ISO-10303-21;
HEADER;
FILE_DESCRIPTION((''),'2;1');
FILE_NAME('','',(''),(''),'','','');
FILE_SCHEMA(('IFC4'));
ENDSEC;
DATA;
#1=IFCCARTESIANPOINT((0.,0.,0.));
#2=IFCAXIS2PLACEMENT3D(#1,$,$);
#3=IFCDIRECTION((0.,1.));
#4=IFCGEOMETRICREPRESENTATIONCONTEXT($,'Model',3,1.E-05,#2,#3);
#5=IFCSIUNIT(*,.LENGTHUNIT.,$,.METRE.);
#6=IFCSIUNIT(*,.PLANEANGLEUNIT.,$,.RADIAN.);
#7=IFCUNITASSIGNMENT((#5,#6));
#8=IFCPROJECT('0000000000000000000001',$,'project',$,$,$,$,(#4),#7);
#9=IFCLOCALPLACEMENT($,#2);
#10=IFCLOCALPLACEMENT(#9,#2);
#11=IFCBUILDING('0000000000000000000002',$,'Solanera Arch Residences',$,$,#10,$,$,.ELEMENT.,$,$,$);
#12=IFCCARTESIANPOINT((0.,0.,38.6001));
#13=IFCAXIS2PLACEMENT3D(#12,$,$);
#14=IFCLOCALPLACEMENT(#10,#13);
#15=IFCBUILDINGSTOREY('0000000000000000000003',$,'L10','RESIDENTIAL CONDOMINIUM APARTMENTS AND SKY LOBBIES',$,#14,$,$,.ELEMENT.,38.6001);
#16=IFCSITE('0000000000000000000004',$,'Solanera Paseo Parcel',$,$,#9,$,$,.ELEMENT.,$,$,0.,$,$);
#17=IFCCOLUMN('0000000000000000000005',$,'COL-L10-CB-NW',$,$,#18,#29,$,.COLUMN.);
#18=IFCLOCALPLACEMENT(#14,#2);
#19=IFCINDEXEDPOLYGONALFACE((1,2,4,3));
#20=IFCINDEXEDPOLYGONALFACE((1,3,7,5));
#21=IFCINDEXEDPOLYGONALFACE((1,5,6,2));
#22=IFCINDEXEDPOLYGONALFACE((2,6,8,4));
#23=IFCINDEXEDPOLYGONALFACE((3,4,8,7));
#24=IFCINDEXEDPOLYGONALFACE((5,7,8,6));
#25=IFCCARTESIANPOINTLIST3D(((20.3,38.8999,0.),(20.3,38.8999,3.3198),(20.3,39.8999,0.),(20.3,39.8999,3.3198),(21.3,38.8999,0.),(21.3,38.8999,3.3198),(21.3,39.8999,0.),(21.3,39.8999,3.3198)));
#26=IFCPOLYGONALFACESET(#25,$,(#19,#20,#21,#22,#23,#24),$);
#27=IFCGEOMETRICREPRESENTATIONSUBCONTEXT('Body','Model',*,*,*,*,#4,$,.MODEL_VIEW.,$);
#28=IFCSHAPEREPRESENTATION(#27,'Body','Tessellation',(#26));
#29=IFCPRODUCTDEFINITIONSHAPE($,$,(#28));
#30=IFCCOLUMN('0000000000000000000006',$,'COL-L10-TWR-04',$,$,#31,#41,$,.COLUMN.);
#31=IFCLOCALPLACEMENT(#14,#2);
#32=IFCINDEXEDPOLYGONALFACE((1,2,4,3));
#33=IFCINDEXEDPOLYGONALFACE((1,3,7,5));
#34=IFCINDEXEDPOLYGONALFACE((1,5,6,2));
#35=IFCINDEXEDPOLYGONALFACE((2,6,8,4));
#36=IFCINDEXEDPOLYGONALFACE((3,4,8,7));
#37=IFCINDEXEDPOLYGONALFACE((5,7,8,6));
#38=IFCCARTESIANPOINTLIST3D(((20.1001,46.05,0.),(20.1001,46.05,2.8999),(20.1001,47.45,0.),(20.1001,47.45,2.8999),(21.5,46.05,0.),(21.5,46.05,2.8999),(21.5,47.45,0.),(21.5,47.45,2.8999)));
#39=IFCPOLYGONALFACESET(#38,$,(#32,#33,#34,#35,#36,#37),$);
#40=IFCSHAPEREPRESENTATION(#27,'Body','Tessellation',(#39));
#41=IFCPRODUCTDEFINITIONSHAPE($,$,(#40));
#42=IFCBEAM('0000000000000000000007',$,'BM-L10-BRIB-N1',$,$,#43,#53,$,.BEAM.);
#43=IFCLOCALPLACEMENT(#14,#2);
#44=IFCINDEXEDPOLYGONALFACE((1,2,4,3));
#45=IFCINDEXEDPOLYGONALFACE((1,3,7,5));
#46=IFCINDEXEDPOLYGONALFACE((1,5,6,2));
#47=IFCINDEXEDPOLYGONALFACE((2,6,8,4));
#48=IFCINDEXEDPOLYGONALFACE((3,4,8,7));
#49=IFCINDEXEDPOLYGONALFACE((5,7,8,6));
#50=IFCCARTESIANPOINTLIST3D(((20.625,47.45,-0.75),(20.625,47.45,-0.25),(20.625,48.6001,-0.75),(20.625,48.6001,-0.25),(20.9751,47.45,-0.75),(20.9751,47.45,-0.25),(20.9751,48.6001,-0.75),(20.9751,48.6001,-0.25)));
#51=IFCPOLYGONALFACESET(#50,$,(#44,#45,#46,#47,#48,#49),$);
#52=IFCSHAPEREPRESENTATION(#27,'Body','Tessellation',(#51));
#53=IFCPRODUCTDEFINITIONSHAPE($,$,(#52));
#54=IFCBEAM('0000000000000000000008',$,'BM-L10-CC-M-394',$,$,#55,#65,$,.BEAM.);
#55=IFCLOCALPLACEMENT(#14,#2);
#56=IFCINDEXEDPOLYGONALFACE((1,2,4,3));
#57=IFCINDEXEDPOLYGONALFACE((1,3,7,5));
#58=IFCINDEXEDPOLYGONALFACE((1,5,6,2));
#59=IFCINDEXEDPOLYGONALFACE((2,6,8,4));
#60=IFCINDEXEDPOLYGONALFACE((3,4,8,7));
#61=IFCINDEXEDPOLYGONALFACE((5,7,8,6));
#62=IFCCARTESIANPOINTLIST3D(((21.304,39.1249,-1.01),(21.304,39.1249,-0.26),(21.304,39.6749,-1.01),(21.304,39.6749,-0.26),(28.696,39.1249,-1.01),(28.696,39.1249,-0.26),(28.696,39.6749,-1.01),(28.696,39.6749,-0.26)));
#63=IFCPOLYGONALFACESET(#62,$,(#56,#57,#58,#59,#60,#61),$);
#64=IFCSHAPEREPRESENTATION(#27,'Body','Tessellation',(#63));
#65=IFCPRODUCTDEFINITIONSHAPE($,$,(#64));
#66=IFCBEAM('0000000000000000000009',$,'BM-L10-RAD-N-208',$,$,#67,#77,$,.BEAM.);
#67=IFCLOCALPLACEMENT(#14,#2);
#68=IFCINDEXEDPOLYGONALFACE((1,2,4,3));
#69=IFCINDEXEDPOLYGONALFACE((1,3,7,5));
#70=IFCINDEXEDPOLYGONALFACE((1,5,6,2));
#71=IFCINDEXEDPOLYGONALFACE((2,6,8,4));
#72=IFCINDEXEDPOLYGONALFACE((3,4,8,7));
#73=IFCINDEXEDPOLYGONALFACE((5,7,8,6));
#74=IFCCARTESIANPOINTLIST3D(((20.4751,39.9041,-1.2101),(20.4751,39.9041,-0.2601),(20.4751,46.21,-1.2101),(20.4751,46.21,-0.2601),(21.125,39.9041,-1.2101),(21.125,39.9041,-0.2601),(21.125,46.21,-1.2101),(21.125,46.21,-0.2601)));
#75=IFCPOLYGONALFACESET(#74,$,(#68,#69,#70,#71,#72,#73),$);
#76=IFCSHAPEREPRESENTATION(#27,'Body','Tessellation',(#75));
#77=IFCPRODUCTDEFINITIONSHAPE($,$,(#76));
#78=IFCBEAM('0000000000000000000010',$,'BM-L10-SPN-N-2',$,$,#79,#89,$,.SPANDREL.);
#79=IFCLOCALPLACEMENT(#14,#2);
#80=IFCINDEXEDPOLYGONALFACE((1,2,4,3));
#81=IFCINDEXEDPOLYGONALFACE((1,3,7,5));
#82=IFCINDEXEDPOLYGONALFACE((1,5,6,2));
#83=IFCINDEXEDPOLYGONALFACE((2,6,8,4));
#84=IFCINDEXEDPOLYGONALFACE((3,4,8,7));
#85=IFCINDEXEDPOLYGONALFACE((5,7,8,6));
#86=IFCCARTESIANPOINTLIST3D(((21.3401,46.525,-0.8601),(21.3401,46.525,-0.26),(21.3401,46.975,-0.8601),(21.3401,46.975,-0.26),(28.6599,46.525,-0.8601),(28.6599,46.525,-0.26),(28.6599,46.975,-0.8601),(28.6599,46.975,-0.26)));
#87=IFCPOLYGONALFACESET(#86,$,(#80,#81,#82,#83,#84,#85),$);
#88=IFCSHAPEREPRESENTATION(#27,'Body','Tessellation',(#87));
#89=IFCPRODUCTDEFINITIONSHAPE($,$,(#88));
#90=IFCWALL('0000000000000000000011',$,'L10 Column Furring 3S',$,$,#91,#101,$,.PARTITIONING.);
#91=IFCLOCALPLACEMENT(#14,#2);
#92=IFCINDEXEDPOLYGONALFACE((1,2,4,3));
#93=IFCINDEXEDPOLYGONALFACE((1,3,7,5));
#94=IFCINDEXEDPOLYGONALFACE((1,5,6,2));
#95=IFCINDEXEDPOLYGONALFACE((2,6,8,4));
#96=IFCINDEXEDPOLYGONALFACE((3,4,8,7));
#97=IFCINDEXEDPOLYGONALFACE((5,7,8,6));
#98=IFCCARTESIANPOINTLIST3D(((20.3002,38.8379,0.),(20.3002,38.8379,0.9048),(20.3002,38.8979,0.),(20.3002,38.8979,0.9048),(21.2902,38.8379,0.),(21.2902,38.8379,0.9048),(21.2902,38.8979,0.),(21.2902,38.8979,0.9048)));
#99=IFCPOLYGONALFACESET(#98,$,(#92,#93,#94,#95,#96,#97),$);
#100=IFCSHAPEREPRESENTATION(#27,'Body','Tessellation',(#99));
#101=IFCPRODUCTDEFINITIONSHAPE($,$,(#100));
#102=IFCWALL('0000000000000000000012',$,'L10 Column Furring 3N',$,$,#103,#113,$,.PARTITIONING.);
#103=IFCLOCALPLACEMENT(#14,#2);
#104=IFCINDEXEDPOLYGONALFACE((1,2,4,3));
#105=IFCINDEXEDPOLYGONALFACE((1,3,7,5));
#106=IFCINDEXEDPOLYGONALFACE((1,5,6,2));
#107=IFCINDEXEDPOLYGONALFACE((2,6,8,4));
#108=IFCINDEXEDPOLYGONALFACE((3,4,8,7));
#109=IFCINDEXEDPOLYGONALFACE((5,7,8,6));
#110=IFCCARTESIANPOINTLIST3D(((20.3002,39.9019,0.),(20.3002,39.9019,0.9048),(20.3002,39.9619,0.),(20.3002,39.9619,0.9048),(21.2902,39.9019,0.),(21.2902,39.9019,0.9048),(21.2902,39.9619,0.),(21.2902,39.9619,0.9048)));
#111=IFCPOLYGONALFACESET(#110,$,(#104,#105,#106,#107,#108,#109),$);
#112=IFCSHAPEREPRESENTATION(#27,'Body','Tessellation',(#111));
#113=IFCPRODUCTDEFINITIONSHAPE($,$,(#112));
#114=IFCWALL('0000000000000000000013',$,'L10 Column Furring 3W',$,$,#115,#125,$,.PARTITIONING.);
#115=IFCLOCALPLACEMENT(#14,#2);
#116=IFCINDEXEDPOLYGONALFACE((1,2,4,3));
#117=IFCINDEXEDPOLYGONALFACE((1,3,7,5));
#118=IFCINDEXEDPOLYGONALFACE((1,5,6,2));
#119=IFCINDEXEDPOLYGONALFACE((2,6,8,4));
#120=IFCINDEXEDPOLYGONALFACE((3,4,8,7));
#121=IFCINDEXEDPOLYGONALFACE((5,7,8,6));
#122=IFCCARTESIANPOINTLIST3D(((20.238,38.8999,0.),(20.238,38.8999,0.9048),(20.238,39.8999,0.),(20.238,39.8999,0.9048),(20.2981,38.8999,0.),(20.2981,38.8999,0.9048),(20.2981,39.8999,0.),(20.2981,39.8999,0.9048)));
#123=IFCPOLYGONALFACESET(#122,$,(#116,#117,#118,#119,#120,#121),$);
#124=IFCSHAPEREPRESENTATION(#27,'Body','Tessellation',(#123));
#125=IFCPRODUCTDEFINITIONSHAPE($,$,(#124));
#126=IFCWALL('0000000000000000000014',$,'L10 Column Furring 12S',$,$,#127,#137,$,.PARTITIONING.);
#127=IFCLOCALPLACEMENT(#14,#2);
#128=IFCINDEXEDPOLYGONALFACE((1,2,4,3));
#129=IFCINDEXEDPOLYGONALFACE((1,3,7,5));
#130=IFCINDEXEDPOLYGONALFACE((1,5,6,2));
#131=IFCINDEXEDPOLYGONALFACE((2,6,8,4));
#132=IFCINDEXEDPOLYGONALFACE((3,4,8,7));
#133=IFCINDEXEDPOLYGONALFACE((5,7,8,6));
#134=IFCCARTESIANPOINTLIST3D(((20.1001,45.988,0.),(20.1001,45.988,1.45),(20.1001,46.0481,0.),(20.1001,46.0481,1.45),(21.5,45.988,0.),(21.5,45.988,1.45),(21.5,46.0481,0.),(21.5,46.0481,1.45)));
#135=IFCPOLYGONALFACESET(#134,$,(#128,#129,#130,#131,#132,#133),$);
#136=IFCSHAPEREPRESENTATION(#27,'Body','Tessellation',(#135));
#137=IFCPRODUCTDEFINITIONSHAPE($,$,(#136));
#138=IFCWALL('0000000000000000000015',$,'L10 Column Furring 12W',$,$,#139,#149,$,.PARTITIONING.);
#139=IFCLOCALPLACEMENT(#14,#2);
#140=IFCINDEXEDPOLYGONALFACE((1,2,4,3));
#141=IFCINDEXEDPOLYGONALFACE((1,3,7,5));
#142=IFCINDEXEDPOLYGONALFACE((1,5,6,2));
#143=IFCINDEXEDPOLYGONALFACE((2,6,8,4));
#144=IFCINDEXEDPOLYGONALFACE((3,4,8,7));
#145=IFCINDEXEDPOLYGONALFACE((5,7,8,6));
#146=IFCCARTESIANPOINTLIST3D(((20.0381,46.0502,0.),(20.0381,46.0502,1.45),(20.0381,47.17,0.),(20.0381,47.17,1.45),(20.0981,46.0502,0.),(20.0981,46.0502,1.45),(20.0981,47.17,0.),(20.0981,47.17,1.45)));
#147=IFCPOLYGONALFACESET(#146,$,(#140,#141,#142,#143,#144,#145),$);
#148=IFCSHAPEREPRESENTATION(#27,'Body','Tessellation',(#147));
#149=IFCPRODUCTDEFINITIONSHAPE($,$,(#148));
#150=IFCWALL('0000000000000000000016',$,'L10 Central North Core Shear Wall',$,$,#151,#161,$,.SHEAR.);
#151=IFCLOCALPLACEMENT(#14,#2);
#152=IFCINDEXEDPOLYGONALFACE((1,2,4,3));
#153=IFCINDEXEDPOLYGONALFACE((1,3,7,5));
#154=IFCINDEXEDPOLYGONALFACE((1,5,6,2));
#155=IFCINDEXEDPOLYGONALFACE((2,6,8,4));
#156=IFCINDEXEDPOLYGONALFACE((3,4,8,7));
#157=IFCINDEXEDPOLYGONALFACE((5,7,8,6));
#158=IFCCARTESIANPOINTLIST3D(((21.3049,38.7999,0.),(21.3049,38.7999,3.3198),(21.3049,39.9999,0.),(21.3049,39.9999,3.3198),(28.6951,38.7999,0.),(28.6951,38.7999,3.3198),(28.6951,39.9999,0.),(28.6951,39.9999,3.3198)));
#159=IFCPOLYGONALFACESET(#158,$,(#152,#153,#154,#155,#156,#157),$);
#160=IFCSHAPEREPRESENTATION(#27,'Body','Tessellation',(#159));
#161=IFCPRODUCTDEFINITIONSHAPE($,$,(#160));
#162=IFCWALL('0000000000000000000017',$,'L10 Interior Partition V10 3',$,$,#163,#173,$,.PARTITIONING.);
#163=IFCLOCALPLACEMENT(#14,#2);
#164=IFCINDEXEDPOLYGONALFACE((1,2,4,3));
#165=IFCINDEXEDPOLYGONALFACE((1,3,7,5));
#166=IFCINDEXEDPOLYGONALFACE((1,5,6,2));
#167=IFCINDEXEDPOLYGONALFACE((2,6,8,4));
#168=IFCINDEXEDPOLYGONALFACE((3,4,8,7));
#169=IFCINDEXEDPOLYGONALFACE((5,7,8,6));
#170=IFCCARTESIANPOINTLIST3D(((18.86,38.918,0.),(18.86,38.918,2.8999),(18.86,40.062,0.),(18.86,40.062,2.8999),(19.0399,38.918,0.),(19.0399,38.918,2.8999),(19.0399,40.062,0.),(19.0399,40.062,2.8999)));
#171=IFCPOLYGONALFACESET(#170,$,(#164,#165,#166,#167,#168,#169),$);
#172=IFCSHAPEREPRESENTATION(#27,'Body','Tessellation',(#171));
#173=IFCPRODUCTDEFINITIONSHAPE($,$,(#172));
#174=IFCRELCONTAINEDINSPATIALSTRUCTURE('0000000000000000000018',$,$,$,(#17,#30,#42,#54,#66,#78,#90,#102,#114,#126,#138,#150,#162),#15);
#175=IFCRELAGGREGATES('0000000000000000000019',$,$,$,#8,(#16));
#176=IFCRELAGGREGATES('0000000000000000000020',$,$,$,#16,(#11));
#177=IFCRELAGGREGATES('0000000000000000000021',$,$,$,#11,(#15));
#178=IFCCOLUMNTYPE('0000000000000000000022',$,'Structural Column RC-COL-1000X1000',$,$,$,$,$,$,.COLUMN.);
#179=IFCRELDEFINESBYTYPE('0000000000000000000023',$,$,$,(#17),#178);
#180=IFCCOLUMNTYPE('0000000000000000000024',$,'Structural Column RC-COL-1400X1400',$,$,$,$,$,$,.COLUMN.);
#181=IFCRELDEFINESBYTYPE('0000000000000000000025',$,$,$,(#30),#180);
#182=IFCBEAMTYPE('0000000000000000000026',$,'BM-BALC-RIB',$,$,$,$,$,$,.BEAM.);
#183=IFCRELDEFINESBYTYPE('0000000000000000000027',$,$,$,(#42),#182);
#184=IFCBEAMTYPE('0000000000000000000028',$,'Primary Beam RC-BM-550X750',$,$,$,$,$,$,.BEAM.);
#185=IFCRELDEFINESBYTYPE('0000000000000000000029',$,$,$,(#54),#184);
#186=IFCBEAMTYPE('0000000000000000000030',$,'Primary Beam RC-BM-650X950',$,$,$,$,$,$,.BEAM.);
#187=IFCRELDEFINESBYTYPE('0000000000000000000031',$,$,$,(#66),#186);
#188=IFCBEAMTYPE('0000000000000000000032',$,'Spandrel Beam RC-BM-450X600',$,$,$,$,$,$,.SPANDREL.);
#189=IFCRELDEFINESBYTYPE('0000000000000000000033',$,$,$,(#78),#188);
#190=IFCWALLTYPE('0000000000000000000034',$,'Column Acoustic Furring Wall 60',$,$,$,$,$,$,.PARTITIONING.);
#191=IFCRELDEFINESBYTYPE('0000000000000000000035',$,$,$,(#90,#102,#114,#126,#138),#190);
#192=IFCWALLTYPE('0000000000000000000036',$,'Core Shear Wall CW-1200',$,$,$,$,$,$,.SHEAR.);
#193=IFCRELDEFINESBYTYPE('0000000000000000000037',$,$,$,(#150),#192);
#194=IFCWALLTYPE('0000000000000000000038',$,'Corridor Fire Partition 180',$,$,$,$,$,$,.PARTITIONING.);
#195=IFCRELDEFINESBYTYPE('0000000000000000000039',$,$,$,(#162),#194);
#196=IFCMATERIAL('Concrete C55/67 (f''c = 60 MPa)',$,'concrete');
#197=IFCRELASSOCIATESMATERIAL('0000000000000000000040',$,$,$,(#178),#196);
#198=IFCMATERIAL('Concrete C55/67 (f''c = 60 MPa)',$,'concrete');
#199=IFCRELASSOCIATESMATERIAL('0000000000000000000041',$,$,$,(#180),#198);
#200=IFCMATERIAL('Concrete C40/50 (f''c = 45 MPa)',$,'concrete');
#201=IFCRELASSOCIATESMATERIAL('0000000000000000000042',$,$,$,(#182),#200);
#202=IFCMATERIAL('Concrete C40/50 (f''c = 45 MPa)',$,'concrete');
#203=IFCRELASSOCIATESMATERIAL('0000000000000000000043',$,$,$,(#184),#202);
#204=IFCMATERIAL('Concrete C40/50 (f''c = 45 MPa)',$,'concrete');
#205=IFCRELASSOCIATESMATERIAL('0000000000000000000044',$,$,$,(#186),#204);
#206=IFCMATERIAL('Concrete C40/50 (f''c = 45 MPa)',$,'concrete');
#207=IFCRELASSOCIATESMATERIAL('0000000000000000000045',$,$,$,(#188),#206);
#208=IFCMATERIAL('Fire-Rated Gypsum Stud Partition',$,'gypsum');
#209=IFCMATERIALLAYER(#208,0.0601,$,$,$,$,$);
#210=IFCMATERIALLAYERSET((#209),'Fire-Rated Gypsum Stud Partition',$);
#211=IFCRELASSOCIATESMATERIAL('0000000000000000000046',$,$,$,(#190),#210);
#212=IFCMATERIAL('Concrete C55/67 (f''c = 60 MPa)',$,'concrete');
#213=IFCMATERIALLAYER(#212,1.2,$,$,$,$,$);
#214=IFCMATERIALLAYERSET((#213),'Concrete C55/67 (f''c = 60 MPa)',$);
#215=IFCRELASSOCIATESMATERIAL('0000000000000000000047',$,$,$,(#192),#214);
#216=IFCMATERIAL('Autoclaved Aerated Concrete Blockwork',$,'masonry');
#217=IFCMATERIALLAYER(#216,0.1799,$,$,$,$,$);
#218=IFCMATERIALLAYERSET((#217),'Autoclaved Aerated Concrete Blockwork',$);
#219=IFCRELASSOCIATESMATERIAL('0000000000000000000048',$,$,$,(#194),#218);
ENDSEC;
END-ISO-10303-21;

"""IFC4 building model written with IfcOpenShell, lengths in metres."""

from ifc_helpers import new_model, si_unit, direction, frame, frame_2d, origin, origin_2d, place, context, subcontext, project, spatial, rectangle, extrude, material, layer, layer_set, material_profile, profile_set, type_object, element, save


model = new_model("IFC4")

# Units and contexts
model_context = context("Model", 3, precision=1e-05, world=origin(), true_north=direction((0.0, 1.0)))
body_context = subcontext(model_context, "Body", "Model", "MODEL_VIEW")
ifc_project = project(units=[si_unit("LENGTHUNIT", "METRE"), si_unit("PLANEANGLEUNIT", "RADIAN")], contexts=[model_context])

# Site, building, storey
site_placement = place(None, origin())
site = spatial("IfcSite", under=ifc_project, at=site_placement, Name="Solanera Paseo Parcel", CompositionType="ELEMENT", RefElevation=0.0)
building_placement = place(site_placement, origin())
building = spatial("IfcBuilding", under=site, at=building_placement, Name="Solanera Arch Residences", CompositionType="ELEMENT")
storey_placement = place(building_placement, frame((0.0, 0.0, 38.6001)))
storey = spatial("IfcBuildingStorey", under=building, at=storey_placement, Name="L10", Description="RESIDENTIAL CONDOMINIUM APARTMENTS AND SKY LOBBIES", CompositionType="ELEMENT", Elevation=38.6001)

# Columns
ifc_material_1 = material(Name="Concrete C55/67 (f'c = 60 MPa)", Category="concrete")
ifc_material_profile_1 = material_profile(ifc_material_1, rectangle(XDim=1.0, YDim=1.0, at=origin_2d()))
ifc_profile_set_1 = profile_set([ifc_material_profile_1], Name="Concrete C55/67 (f'c = 60 MPa)")
column_type_1 = type_object("IfcColumnType", Name="Structural Column RC-COL-1000X1000", PredefinedType="COLUMN", material=ifc_profile_set_1)
column_1_placement = place(storey_placement, frame((20.8, 39.3999, 0.0), z_axis=(0.0, 0.0, 1.0), x_axis=(1.0, 0.0, 0.0)))
element("IfcColumn", 1, at=column_1_placement, inside=storey, type_object=column_type_1, Name="COL-L10-CB-NW", PredefinedType="COLUMN", context=body_context, shape_type="SweptSolid", body=[
    extrude(rectangle(XDim=1.0, YDim=1.0, at=origin_2d()), origin(), (0.0, 0.0, 1.0), 3.3198),
])
ifc_material_2 = material(Name="Concrete C55/67 (f'c = 60 MPa)", Category="concrete")
ifc_material_profile_2 = material_profile(ifc_material_2, rectangle(XDim=1.3999, YDim=1.3999, at=origin_2d()))
ifc_profile_set_2 = profile_set([ifc_material_profile_2], Name="Concrete C55/67 (f'c = 60 MPa)")
column_type_2 = type_object("IfcColumnType", Name="Structural Column RC-COL-1400X1400", PredefinedType="COLUMN", material=ifc_profile_set_2)
column_2_placement = place(storey_placement, frame((20.8, 46.75, 0.0), z_axis=(0.0, 0.0, 1.0), x_axis=(1.0, 0.0, 0.0)))
element("IfcColumn", 2, at=column_2_placement, inside=storey, type_object=column_type_2, Name="COL-L10-TWR-04", PredefinedType="COLUMN", context=body_context, shape_type="SweptSolid", body=[
    extrude(rectangle(XDim=1.3999, YDim=1.3999, at=origin_2d()), origin(), (0.0, 0.0, 1.0), 2.8999),
])

# Beams
ifc_material_3 = material(Name="Concrete C40/50 (f'c = 45 MPa)", Category="concrete")
ifc_material_profile_3 = material_profile(ifc_material_3, rectangle(XDim=0.3501, YDim=0.5, at=origin_2d()))
ifc_profile_set_3 = profile_set([ifc_material_profile_3], Name="Concrete C40/50 (f'c = 45 MPa)")
beam_type_1 = type_object("IfcBeamType", Name="BM-BALC-RIB", PredefinedType="BEAM", material=ifc_profile_set_3)
beam_1_placement = place(storey_placement, frame((20.8, 47.45, -0.5), z_axis=(0.0, 1.0, 0.0), x_axis=(-1.0, 0.0, 0.0)))
element("IfcBeam", 3, at=beam_1_placement, inside=storey, type_object=beam_type_1, Name="BM-L10-BRIB-N1", PredefinedType="BEAM", context=body_context, shape_type="SweptSolid", body=[
    extrude(rectangle(XDim=0.3501, YDim=0.5, at=origin_2d()), origin(), (0.0, 0.0, 1.0), 1.1501),
])
ifc_material_4 = material(Name="Concrete C40/50 (f'c = 45 MPa)", Category="concrete")
ifc_material_profile_4 = material_profile(ifc_material_4, rectangle(XDim=0.55, YDim=0.75, at=origin_2d()))
ifc_profile_set_4 = profile_set([ifc_material_profile_4], Name="Concrete C40/50 (f'c = 45 MPa)")
beam_type_2 = type_object("IfcBeamType", Name="Primary Beam RC-BM-550X750", PredefinedType="BEAM", material=ifc_profile_set_4)
beam_2_placement = place(storey_placement, frame((21.304, 39.3999, -0.635), z_axis=(1.0, 0.0, 0.0), x_axis=(0.0, 1.0, 0.0)))
element("IfcBeam", 4, at=beam_2_placement, inside=storey, type_object=beam_type_2, Name="BM-L10-CC-M-394", PredefinedType="BEAM", context=body_context, shape_type="SweptSolid", body=[
    extrude(rectangle(XDim=0.55, YDim=0.75, at=origin_2d()), origin(), (0.0, 0.0, 1.0), 7.3921),
])
ifc_material_5 = material(Name="Concrete C40/50 (f'c = 45 MPa)", Category="concrete")
ifc_material_profile_5 = material_profile(ifc_material_5, rectangle(XDim=0.6499, YDim=0.95, at=origin_2d()))
ifc_profile_set_5 = profile_set([ifc_material_profile_5], Name="Concrete C40/50 (f'c = 45 MPa)")
beam_type_3 = type_object("IfcBeamType", Name="Primary Beam RC-BM-650X950", PredefinedType="BEAM", material=ifc_profile_set_5)
beam_3_placement = place(storey_placement, frame((20.8, 39.9041, -0.7351), z_axis=(0.0, 1.0, 0.0), x_axis=(-1.0, 0.0, 0.0)))
element("IfcBeam", 5, at=beam_3_placement, inside=storey, type_object=beam_type_3, Name="BM-L10-RAD-N-208", PredefinedType="BEAM", context=body_context, shape_type="SweptSolid", body=[
    extrude(rectangle(XDim=0.6499, YDim=0.95, at=origin_2d()), origin(), (0.0, 0.0, 1.0), 6.3059),
])
ifc_material_6 = material(Name="Concrete C40/50 (f'c = 45 MPa)", Category="concrete")
ifc_material_profile_6 = material_profile(ifc_material_6, rectangle(XDim=0.45, YDim=0.6001, at=origin_2d()))
ifc_profile_set_6 = profile_set([ifc_material_profile_6], Name="Concrete C40/50 (f'c = 45 MPa)")
beam_type_4 = type_object("IfcBeamType", Name="Spandrel Beam RC-BM-450X600", PredefinedType="SPANDREL", material=ifc_profile_set_6)
beam_4_placement = place(storey_placement, frame((21.3401, 46.75, -0.5601), z_axis=(1.0, 0.0, 0.0), x_axis=(0.0, 1.0, 0.0)))
element("IfcBeam", 6, at=beam_4_placement, inside=storey, type_object=beam_type_4, Name="BM-L10-SPN-N-2", PredefinedType="SPANDREL", context=body_context, shape_type="SweptSolid", body=[
    extrude(rectangle(XDim=0.45, YDim=0.6001, at=origin_2d()), origin(), (0.0, 0.0, 1.0), 7.3198),
])

# Walls
ifc_material_7 = material(Name="Fire-Rated Gypsum Stud Partition", Category="gypsum")
ifc_layer_1 = layer(ifc_material_7, 0.0601)
ifc_layer_set_1 = layer_set([ifc_layer_1], Name="Fire-Rated Gypsum Stud Partition")
wall_type_1 = type_object("IfcWallType", Name="Column Acoustic Furring Wall 60", PredefinedType="PARTITIONING", material=ifc_layer_set_1)
for number, where, z_axis, x_axis, name in (
    (7, (20.3, 38.8679, 0.0), (0.0, 0.0, 1.0), (1.0, 0.0, 0.0), "L10 Column Furring 3S"),
    (8, (20.3, 39.9319, 0.0), (0.0, 0.0, 1.0), (1.0, 0.0, 0.0), "L10 Column Furring 3N"),
):
    element("IfcWall", number, at=place(storey_placement, frame(where, z_axis=z_axis, x_axis=x_axis)), inside=storey, type_object=wall_type_1, Name=name, PredefinedType="PARTITIONING", context=body_context, shape_type="SweptSolid", body=[
        extrude(rectangle(XDim=0.99, YDim=0.0601, at=frame_2d((0.4951, 0.0))), origin(), (0.0, 0.0, 1.0), 0.9048),
    ])
wall_1_placement = place(storey_placement, frame((20.2681, 38.8999, 0.0), z_axis=(0.0, 0.0, 1.0), x_axis=(0.0, 1.0, 0.0)))
element("IfcWall", 9, at=wall_1_placement, inside=storey, type_object=wall_type_1, Name="L10 Column Furring 3W", PredefinedType="PARTITIONING", context=body_context, shape_type="SweptSolid", body=[
    extrude(rectangle(XDim=1.0, YDim=0.0601, at=frame_2d((0.5, 0.0))), origin(), (0.0, 0.0, 1.0), 0.9048),
])
wall_2_placement = place(storey_placement, frame((20.1001, 46.0181, 0.0), z_axis=(0.0, 0.0, 1.0), x_axis=(1.0, 0.0, 0.0)))
element("IfcWall", 10, at=wall_2_placement, inside=storey, type_object=wall_type_1, Name="L10 Column Furring 12S", PredefinedType="PARTITIONING", context=body_context, shape_type="SweptSolid", body=[
    extrude(rectangle(XDim=1.3999, YDim=0.0601, at=frame_2d((0.7, 0.0))), origin(), (0.0, 0.0, 1.0), 1.45),
])
wall_3_placement = place(storey_placement, frame((20.0681, 46.05, 0.0), z_axis=(0.0, 0.0, 1.0), x_axis=(0.0, 1.0, 0.0)))
element("IfcWall", 11, at=wall_3_placement, inside=storey, type_object=wall_type_1, Name="L10 Column Furring 12W", PredefinedType="PARTITIONING", context=body_context, shape_type="SweptSolid", body=[
    extrude(rectangle(XDim=1.1199, YDim=0.0601, at=frame_2d((0.5601, 0.0))), origin(), (0.0, 0.0, 1.0), 1.45),
])
ifc_material_8 = material(Name="Concrete C55/67 (f'c = 60 MPa)", Category="concrete")
ifc_layer_2 = layer(ifc_material_8, 1.2)
ifc_layer_set_2 = layer_set([ifc_layer_2], Name="Concrete C55/67 (f'c = 60 MPa)")
wall_type_2 = type_object("IfcWallType", Name="Core Shear Wall CW-1200", PredefinedType="SHEAR", material=ifc_layer_set_2)
wall_4_placement = place(storey_placement, frame((21.3049, 39.3999, 0.0), z_axis=(0.0, 0.0, 1.0), x_axis=(1.0, 0.0, 0.0)))
element("IfcWall", 12, at=wall_4_placement, inside=storey, type_object=wall_type_2, Name="L10 Central North Core Shear Wall", PredefinedType="SHEAR", context=body_context, shape_type="SweptSolid", body=[
    extrude(rectangle(XDim=7.3901, YDim=1.2, at=frame_2d((3.6951, 0.0))), origin(), (0.0, 0.0, 1.0), 3.3198),
])
ifc_material_9 = material(Name="Autoclaved Aerated Concrete Blockwork", Category="masonry")
ifc_layer_3 = layer(ifc_material_9, 0.1799)
ifc_layer_set_3 = layer_set([ifc_layer_3], Name="Autoclaved Aerated Concrete Blockwork")
wall_type_3 = type_object("IfcWallType", Name="Corridor Fire Partition 180", PredefinedType="PARTITIONING", material=ifc_layer_set_3)
wall_5_placement = place(storey_placement, frame((18.95, 38.918, 0.0), z_axis=(0.0, 0.0, 1.0), x_axis=(0.0, 1.0, 0.0)))
element("IfcWall", 13, at=wall_5_placement, inside=storey, type_object=wall_type_3, Name="L10 Interior Partition V10 3", PredefinedType="PARTITIONING", context=body_context, shape_type="SweptSolid", body=[
    extrude(rectangle(XDim=1.144, YDim=0.1799, at=frame_2d((0.572, 0.0))), origin(), (0.0, 0.0, 1.0), 2.8999),
])

save(model, "model.ifc")
